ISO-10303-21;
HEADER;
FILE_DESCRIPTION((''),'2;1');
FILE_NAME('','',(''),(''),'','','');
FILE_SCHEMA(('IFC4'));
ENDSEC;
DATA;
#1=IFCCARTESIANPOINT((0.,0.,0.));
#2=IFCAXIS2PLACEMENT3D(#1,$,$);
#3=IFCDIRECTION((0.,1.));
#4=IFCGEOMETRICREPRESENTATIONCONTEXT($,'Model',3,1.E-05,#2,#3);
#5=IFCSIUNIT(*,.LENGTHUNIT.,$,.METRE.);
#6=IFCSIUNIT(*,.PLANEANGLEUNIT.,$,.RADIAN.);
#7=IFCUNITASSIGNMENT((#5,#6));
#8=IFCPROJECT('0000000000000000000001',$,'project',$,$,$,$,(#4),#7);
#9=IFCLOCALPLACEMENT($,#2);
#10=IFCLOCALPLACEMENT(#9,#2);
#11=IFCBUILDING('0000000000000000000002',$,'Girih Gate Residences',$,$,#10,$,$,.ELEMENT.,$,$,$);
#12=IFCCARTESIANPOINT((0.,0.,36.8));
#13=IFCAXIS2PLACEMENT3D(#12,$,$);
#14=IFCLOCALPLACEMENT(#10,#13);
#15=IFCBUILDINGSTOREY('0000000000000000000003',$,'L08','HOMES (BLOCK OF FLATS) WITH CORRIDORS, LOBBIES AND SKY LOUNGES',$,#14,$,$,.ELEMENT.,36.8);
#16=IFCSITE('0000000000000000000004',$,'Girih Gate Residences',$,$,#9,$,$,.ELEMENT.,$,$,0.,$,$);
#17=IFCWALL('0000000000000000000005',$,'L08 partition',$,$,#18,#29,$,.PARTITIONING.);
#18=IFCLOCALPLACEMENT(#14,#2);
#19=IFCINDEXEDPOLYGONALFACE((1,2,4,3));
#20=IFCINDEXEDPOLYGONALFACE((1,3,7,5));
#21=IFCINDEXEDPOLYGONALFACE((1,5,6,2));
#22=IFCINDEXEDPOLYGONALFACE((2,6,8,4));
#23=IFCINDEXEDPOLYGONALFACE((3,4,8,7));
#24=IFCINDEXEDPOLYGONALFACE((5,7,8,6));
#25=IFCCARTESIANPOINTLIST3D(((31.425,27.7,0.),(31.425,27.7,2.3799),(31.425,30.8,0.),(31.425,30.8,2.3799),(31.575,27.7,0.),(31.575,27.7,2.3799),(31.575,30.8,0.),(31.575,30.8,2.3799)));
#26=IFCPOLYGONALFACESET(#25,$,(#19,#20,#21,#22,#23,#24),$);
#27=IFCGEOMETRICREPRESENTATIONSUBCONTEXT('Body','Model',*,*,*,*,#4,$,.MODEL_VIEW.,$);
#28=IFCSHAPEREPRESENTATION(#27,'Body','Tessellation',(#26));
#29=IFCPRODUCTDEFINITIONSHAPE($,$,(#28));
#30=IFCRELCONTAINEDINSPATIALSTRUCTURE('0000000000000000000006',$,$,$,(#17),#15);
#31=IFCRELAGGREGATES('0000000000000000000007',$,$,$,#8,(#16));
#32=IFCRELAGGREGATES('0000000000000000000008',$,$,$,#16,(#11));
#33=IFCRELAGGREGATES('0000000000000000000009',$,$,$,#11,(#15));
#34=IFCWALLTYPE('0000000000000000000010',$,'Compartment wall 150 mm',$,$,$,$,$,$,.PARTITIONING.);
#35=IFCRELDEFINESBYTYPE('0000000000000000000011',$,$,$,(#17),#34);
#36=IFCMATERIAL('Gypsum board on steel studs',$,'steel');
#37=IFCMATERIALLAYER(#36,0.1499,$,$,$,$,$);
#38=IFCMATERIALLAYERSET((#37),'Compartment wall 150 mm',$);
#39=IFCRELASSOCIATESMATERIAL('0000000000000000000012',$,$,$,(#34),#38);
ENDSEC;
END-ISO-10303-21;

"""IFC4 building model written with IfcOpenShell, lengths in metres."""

from ifc_helpers import new_model, si_unit, direction, frame, frame_2d, origin, place, context, subcontext, project, spatial, rectangle, extrude, material, layer, layer_set, type_object, element, save


model = new_model("IFC4")

# Units and contexts
model_context = context("Model", 3, precision=1e-05, world=origin(), true_north=direction((0.0, 1.0)))
body_context = subcontext(model_context, "Body", "Model", "MODEL_VIEW")
ifc_project = project(units=[si_unit("LENGTHUNIT", "METRE"), si_unit("PLANEANGLEUNIT", "RADIAN")], contexts=[model_context])

# Site, building, storey
site_placement = place(None, origin())
site = spatial("IfcSite", under=ifc_project, at=site_placement, Name="Girih Gate Residences", CompositionType="ELEMENT", RefElevation=0.0)
building_placement = place(site_placement, origin())
building = spatial("IfcBuilding", under=site, at=building_placement, Name="Girih Gate Residences", CompositionType="ELEMENT")
storey_placement = place(building_placement, frame((0.0, 0.0, 36.8)))
storey = spatial("IfcBuildingStorey", under=building, at=storey_placement, Name="L08", Description="HOMES (BLOCK OF FLATS) WITH CORRIDORS, LOBBIES AND SKY LOUNGES", CompositionType="ELEMENT", Elevation=36.8)

# Shared definitions
ifc_material_1 = material(Name="Gypsum board on steel studs", Category="steel")
ifc_layer = layer(ifc_material_1, 0.1499)
ifc_layer_set = layer_set([ifc_layer], Name="Compartment wall 150 mm")
wall_type = type_object("IfcWallType", Name="Compartment wall 150 mm", PredefinedType="PARTITIONING", material=ifc_layer_set)

# Wall
for number, where, z_axis, x_axis, name in (
    (1, (31.5, 27.7, 0.0), (0.0, 0.0, 1.0), (0.0, 1.0, 0.0), "L08 partition"),
):
    element("IfcWall", number, at=place(storey_placement, frame(where, z_axis=z_axis, x_axis=x_axis)), inside=storey, type_object=wall_type, Name=name, PredefinedType="PARTITIONING", context=body_context, shape_type="SweptSolid", body=[
        extrude(rectangle(XDim=3.1001, YDim=0.1499, at=frame_2d((1.55, 0.0))), origin(), (0.0, 0.0, 1.0), 2.3799),
    ])

save(model, "model.ifc")
